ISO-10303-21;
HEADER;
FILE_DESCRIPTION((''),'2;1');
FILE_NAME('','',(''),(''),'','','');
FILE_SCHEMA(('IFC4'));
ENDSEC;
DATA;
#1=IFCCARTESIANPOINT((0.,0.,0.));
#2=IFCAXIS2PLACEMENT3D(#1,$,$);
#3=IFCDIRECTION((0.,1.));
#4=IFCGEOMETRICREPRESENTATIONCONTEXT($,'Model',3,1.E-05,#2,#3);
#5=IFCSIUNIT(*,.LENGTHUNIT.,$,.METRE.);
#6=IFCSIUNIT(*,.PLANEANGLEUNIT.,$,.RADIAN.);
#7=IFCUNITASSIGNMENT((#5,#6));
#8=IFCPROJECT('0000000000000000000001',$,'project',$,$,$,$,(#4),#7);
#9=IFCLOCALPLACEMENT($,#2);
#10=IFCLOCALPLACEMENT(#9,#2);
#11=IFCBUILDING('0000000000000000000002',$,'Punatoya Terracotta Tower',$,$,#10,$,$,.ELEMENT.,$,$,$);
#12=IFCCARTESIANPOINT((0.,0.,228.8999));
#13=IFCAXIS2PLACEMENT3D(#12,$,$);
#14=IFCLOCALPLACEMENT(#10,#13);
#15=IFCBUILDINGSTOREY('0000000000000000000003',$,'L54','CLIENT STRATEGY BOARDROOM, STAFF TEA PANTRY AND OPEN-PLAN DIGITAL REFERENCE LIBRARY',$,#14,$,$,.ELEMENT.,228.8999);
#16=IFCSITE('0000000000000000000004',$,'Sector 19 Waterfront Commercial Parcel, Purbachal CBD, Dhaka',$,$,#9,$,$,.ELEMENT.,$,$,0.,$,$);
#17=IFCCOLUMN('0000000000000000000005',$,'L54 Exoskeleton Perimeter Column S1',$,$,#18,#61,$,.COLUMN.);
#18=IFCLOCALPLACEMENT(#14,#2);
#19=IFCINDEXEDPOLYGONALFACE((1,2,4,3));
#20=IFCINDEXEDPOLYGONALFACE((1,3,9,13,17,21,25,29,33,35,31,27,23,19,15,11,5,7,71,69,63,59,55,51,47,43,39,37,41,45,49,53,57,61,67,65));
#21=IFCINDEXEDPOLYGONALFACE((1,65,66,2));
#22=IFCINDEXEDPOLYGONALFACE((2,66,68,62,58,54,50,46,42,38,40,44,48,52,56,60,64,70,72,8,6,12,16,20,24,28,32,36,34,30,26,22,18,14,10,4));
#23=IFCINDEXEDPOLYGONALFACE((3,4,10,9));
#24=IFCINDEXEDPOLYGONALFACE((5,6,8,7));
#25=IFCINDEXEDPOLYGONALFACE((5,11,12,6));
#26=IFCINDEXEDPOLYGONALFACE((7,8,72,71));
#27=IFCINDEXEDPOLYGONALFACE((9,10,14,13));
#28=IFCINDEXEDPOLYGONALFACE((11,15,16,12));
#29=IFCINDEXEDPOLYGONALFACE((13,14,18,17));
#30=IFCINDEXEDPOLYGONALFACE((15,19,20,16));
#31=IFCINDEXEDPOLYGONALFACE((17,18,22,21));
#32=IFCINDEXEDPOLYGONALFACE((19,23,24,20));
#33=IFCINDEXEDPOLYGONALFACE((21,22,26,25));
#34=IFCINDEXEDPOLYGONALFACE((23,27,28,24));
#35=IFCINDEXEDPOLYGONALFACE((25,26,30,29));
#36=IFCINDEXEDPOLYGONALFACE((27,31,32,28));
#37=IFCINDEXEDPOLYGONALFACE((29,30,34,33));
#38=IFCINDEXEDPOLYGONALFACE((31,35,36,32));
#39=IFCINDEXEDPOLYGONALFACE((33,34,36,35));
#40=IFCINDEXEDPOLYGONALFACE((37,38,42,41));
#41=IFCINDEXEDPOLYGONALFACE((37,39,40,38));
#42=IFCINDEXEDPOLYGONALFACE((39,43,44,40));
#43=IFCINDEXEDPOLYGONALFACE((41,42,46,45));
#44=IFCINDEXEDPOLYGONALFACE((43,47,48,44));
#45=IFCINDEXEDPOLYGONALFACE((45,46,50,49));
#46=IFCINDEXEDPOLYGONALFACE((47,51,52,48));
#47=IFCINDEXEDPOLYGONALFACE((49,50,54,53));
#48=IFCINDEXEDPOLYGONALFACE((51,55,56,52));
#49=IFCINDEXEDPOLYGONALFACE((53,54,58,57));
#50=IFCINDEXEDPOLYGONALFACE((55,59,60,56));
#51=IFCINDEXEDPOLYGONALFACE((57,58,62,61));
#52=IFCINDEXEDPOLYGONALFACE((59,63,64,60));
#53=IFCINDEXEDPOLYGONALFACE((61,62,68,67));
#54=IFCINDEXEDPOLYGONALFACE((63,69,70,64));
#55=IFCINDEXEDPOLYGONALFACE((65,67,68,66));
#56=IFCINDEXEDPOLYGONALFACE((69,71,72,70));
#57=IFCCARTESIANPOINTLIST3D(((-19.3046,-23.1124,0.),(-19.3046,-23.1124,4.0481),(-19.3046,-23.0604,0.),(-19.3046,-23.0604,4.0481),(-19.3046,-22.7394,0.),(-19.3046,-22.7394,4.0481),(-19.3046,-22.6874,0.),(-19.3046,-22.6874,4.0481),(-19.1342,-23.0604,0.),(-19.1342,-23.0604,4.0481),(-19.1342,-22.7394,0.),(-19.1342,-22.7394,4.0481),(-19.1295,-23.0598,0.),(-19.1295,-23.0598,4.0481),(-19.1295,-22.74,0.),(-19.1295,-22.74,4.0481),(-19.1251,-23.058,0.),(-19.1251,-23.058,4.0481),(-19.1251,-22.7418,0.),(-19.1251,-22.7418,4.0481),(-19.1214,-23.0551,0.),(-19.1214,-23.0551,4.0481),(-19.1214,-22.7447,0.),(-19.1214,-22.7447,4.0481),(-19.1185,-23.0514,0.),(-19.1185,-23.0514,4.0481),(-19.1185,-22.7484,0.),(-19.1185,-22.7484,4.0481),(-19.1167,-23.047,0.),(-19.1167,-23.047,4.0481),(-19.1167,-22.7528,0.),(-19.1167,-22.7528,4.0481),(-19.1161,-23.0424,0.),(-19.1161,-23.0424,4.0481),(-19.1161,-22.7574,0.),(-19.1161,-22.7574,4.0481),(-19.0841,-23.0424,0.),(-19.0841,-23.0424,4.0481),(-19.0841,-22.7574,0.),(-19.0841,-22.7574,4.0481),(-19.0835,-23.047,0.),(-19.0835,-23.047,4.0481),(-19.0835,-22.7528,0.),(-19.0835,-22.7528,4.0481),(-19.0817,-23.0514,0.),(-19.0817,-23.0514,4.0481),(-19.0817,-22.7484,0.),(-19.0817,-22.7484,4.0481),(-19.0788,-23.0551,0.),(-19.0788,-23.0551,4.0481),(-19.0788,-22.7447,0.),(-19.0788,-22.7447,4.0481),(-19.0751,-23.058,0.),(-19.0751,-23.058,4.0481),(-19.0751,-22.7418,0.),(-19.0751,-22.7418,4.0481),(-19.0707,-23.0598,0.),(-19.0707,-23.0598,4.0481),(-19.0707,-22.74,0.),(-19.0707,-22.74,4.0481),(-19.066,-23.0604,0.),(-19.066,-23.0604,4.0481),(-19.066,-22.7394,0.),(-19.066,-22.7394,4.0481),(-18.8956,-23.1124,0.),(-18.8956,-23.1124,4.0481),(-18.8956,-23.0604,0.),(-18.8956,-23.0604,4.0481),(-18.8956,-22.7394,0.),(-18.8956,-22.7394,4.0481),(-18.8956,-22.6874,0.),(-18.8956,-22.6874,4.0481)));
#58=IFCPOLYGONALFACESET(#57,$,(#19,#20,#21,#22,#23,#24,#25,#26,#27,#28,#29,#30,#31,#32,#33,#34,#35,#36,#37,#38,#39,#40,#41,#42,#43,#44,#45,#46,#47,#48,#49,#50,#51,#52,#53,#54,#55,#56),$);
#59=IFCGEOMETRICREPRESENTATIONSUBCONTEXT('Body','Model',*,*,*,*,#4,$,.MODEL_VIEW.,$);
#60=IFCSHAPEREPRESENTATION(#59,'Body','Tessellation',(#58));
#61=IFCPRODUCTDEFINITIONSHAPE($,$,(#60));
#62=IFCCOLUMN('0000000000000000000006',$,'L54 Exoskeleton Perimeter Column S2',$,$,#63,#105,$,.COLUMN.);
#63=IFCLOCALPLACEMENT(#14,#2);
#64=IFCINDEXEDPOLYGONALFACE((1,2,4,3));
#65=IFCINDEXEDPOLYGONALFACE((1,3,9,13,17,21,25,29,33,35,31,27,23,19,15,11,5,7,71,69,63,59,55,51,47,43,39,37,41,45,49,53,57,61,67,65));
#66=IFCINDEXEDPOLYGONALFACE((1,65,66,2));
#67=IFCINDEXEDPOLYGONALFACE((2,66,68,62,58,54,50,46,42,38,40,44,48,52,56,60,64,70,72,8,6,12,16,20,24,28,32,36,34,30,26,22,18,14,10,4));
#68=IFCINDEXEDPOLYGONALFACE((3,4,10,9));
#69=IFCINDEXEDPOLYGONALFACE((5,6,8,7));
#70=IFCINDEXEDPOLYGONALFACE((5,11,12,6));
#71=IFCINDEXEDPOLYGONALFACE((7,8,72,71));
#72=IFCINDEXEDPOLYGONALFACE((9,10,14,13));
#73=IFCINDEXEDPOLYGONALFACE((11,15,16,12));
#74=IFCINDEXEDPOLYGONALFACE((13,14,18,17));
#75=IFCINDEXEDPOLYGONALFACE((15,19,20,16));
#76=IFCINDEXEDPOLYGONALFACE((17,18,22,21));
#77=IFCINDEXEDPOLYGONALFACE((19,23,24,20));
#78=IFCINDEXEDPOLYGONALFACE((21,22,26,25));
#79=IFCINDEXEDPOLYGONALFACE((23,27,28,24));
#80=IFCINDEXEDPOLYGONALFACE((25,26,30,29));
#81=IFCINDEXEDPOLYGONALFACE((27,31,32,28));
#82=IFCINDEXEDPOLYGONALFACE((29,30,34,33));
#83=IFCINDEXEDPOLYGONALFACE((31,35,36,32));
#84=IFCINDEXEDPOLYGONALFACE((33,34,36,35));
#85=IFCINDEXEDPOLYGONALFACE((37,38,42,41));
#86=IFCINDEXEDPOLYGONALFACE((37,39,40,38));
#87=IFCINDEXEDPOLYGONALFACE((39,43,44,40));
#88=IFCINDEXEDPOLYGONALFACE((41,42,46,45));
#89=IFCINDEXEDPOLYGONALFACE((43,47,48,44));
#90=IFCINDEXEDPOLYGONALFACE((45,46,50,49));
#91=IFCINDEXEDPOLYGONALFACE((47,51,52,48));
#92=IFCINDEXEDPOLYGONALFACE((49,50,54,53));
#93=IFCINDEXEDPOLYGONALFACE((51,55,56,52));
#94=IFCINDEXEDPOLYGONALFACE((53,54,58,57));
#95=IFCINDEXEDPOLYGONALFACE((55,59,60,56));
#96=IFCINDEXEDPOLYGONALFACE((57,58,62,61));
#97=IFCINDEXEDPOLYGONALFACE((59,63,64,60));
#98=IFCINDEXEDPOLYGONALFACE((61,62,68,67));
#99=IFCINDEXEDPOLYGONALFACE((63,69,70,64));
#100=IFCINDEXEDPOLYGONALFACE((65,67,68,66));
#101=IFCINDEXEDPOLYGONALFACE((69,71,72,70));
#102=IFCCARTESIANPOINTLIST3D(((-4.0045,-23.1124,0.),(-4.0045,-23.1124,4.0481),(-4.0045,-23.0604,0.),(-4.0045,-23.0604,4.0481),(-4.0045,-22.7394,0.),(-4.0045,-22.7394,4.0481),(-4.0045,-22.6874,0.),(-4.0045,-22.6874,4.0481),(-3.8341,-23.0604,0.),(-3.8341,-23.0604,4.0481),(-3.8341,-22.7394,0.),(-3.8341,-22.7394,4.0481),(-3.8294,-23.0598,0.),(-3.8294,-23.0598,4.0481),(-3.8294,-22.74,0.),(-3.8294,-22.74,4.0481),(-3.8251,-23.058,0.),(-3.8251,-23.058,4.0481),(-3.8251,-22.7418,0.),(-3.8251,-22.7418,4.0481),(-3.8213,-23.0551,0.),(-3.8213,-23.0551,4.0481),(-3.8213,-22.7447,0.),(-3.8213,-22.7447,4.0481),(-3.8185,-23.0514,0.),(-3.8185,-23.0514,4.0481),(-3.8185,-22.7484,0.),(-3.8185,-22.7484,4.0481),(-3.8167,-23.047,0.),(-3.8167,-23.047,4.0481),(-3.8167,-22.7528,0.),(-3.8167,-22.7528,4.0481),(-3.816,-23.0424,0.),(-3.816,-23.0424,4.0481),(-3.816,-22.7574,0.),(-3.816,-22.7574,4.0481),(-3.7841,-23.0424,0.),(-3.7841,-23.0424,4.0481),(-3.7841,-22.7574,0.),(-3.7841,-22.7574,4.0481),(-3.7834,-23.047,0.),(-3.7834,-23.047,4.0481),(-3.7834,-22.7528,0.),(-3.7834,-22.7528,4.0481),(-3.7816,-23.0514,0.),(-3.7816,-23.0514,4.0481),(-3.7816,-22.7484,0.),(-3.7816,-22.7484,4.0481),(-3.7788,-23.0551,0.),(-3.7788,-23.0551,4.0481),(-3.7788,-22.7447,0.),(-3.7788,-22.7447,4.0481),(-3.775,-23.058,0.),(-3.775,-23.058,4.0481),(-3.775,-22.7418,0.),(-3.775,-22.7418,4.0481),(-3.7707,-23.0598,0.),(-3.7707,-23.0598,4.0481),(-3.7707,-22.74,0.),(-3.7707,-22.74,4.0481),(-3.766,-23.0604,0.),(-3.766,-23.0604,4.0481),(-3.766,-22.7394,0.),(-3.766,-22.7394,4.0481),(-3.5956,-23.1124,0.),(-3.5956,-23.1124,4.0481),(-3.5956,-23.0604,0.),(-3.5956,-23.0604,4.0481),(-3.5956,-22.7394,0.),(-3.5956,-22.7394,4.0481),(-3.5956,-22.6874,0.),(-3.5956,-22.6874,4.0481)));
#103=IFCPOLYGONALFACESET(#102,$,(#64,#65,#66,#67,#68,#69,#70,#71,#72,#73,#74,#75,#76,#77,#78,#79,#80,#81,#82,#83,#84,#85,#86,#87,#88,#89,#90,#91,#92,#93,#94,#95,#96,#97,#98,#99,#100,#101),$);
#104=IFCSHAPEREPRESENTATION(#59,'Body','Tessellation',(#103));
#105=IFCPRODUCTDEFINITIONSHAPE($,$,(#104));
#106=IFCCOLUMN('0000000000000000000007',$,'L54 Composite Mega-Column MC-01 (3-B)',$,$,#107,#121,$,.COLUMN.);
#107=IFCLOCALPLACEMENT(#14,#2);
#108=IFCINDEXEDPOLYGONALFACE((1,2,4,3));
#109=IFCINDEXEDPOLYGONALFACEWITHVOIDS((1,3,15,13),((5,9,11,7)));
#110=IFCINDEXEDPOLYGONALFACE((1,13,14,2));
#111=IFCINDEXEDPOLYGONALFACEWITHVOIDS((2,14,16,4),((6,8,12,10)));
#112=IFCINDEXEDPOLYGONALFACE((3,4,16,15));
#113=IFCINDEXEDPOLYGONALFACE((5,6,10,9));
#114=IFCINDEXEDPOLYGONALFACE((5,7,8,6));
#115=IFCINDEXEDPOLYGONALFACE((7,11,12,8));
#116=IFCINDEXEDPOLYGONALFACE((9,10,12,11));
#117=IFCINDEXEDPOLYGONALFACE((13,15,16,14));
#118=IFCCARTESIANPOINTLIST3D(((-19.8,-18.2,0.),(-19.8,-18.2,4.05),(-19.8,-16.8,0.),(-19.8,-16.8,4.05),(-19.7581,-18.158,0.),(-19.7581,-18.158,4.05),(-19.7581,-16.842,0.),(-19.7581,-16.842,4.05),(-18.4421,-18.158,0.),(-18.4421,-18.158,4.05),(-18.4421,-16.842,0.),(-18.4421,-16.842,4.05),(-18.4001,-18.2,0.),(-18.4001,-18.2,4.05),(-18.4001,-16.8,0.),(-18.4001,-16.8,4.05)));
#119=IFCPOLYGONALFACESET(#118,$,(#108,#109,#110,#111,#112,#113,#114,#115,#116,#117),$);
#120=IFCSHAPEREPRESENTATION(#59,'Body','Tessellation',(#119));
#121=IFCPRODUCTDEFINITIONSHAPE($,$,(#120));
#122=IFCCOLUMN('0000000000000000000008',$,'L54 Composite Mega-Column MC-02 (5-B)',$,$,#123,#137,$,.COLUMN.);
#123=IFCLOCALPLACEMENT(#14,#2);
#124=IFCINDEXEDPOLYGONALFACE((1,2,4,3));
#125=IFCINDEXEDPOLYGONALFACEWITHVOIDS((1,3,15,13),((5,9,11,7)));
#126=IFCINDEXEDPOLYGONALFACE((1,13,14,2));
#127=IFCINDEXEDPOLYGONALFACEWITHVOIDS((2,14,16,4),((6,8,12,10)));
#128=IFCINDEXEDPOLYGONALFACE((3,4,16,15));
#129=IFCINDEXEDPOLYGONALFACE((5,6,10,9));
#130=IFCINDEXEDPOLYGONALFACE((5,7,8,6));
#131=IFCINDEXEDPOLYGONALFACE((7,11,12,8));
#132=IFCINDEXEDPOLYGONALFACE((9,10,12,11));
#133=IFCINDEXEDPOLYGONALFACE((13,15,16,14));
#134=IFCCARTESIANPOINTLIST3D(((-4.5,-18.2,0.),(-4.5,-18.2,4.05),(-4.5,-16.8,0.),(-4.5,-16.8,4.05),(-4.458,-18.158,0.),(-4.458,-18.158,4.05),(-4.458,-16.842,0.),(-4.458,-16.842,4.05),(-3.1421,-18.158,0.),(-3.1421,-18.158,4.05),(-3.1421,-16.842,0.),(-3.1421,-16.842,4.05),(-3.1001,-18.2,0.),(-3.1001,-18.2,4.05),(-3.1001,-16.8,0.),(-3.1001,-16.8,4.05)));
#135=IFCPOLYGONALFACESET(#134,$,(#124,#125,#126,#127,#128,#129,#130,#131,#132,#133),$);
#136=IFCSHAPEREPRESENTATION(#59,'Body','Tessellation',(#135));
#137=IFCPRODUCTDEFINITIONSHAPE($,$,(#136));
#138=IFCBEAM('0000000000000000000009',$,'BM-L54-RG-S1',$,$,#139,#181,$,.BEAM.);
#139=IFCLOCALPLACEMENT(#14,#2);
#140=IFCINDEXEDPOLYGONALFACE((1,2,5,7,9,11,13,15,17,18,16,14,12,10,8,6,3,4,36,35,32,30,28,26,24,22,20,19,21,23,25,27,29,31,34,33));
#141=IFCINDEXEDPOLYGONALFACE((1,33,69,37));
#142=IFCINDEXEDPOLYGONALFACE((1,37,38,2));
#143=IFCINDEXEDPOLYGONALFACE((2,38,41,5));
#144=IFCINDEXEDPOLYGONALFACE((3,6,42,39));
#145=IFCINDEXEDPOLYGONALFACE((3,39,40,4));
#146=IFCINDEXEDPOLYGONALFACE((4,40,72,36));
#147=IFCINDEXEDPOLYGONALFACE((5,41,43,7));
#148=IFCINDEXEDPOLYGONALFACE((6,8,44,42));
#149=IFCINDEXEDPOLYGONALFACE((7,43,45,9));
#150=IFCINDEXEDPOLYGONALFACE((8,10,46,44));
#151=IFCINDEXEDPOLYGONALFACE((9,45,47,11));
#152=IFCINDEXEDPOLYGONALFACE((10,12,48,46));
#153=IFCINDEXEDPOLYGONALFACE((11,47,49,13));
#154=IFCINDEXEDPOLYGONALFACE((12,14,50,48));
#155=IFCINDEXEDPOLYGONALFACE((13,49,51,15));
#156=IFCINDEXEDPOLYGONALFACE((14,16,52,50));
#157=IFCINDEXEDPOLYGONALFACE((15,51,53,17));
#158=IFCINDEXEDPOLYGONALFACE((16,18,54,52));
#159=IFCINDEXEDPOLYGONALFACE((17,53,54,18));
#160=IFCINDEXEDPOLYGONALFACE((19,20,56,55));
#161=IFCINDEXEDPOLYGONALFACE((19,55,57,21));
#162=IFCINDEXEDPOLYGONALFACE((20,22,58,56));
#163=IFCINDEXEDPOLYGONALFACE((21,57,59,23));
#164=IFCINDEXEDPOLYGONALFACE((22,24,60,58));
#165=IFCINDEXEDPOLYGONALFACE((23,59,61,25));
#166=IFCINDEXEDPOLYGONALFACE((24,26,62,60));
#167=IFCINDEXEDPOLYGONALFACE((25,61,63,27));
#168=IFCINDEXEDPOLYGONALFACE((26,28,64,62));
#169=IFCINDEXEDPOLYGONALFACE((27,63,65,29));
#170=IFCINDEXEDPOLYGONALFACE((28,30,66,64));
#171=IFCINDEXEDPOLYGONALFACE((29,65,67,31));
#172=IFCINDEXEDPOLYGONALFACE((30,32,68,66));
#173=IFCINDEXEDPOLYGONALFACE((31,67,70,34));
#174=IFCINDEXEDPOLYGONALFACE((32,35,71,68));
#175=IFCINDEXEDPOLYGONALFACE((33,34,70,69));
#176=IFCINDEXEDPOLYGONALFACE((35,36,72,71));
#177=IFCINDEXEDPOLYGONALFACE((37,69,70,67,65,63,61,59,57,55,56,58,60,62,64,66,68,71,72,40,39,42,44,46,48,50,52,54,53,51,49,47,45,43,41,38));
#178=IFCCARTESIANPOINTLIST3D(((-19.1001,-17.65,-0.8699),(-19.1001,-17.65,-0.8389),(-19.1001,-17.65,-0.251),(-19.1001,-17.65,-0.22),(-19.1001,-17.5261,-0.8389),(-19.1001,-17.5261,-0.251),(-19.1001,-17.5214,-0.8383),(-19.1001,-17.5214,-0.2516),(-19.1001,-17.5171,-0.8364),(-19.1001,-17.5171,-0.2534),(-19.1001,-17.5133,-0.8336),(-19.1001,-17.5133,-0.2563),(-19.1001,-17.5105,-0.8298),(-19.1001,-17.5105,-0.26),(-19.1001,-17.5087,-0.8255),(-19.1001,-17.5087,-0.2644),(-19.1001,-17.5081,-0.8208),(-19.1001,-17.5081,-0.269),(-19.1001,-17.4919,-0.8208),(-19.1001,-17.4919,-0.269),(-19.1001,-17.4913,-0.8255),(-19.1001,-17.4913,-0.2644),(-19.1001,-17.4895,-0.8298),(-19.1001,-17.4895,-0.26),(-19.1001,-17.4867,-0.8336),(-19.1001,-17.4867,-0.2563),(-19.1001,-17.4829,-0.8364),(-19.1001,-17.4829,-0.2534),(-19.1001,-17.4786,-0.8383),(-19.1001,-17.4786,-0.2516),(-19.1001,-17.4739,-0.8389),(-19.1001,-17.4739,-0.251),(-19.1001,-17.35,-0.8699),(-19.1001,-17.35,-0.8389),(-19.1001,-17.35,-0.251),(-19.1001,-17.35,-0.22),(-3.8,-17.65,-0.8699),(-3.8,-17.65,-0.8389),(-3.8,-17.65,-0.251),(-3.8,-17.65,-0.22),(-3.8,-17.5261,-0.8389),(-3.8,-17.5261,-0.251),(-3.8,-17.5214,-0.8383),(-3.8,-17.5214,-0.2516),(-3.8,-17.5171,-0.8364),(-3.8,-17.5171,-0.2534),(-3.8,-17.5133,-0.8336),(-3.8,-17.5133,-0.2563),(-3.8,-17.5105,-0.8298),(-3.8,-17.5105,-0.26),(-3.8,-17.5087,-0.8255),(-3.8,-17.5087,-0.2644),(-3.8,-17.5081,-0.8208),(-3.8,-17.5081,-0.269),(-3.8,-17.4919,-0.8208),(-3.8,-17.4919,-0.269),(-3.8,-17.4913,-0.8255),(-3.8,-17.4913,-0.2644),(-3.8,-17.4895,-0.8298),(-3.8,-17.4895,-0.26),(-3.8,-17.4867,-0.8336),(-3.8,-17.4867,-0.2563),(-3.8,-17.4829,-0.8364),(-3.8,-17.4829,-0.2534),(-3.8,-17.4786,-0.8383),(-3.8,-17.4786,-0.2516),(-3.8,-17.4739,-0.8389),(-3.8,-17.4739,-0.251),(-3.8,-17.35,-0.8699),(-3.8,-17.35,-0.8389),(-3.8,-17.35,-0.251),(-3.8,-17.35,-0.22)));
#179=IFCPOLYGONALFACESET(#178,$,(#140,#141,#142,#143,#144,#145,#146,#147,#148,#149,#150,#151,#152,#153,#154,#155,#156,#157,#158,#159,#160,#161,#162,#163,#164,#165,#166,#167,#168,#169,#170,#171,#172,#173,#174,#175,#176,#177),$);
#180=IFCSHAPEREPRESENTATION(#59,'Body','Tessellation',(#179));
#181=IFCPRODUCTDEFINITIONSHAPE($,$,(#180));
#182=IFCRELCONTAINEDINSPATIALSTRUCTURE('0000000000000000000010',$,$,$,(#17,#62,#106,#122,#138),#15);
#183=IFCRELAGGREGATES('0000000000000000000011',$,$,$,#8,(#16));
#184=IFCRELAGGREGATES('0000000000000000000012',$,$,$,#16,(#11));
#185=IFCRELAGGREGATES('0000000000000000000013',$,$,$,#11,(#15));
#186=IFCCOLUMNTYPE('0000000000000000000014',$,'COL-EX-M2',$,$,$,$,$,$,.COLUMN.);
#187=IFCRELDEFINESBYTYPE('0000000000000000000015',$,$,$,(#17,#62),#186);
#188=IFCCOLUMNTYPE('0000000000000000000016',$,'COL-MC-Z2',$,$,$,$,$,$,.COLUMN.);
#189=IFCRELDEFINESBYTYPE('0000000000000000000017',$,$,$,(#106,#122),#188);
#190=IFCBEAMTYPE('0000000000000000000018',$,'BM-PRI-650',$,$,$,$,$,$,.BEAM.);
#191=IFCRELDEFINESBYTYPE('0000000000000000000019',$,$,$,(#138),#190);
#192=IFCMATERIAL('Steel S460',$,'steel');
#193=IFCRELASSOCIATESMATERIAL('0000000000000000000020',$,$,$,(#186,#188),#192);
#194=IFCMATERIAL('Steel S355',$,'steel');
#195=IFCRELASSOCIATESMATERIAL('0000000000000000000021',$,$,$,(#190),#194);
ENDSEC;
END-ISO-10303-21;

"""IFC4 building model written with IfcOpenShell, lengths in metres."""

from ifc_helpers import new_model, si_unit, direction, frame, origin, origin_2d, place, context, subcontext, project, spatial, hollow_rectangle, i_section, extrude, material, material_profile, profile_set, type_object, element, save


model = new_model("IFC4")

# Units and contexts
model_context = context("Model", 3, precision=1e-05, world=origin(), true_north=direction((0.0, 1.0)))
body_context = subcontext(model_context, "Body", "Model", "MODEL_VIEW")
ifc_project = project(units=[si_unit("LENGTHUNIT", "METRE"), si_unit("PLANEANGLEUNIT", "RADIAN")], contexts=[model_context])

# Site, building, storey
site_placement = place(None, origin())
site = spatial("IfcSite", under=ifc_project, at=site_placement, Name="Sector 19 Waterfront Commercial Parcel, Purbachal CBD, Dhaka", CompositionType="ELEMENT", RefElevation=0.0)
building_placement = place(site_placement, origin())
building = spatial("IfcBuilding", under=site, at=building_placement, Name="Punatoya Terracotta Tower", CompositionType="ELEMENT")
storey_placement = place(building_placement, frame((0.0, 0.0, 228.8999)))
storey = spatial("IfcBuildingStorey", under=building, at=storey_placement, Name="L54", Description="CLIENT STRATEGY BOARDROOM, STAFF TEA PANTRY AND OPEN-PLAN DIGITAL REFERENCE LIBRARY", CompositionType="ELEMENT", Elevation=228.8999)

# Columns
ifc_material_1 = material(Name="Steel S460", Category="steel")
ifc_material_profile_1 = material_profile(ifc_material_1, i_section(OverallWidth=0.4089, OverallDepth=0.425, WebThickness=0.032, FlangeThickness=0.052, FilletRadius=0.0181, at=origin_2d()))
ifc_profile_set_1 = profile_set([ifc_material_profile_1], Name="Steel S460")
column_type_1 = type_object("IfcColumnType", Name="COL-EX-M2", PredefinedType="COLUMN", material=ifc_profile_set_1)
for number, where, z_axis, x_axis, name in (
    (1, (-19.1001, -22.8999, 0.0), (0.0, 0.0, 1.0), (1.0, 0.0, 0.0), "L54 Exoskeleton Perimeter Column S1"),
    (2, (-3.8, -22.8999, 0.0), (0.0, 0.0, 1.0), (1.0, 0.0, 0.0), "L54 Exoskeleton Perimeter Column S2"),
):
    element("IfcColumn", number, at=place(storey_placement, frame(where, z_axis=z_axis, x_axis=x_axis)), inside=storey, type_object=column_type_1, Name=name, PredefinedType="COLUMN", context=body_context, shape_type="SweptSolid", body=[
        extrude(i_section(OverallWidth=0.4089, OverallDepth=0.425, WebThickness=0.032, FlangeThickness=0.052, FilletRadius=0.0181, at=origin_2d()), origin(), (0.0, 0.0, 1.0), 4.0481),
    ])
ifc_material_profile_2 = material_profile(ifc_material_1, hollow_rectangle(XDim=1.3999, YDim=1.3999, WallThickness=0.042, at=origin_2d()))
ifc_profile_set_2 = profile_set([ifc_material_profile_2], Name="Steel S460")
column_type_2 = type_object("IfcColumnType", Name="COL-MC-Z2", PredefinedType="COLUMN", material=ifc_profile_set_2)
for number, where, z_axis, x_axis, name in (
    (3, (-19.1001, -17.5, 0.0), (0.0, 0.0, 1.0), (1.0, 0.0, 0.0), "L54 Composite Mega-Column MC-01 (3-B)"),
    (4, (-3.8, -17.5, 0.0), (0.0, 0.0, 1.0), (1.0, 0.0, 0.0), "L54 Composite Mega-Column MC-02 (5-B)"),
):
    element("IfcColumn", number, at=place(storey_placement, frame(where, z_axis=z_axis, x_axis=x_axis)), inside=storey, type_object=column_type_2, Name=name, PredefinedType="COLUMN", context=body_context, shape_type="SweptSolid", body=[
        extrude(hollow_rectangle(XDim=1.3999, YDim=1.3999, WallThickness=0.042, at=origin_2d()), origin(), (0.0, 0.0, 1.0), 4.05),
    ])

# Beam
ifc_material_2 = material(Name="Steel S355", Category="steel")
ifc_material_profile_3 = material_profile(ifc_material_2, i_section(OverallWidth=0.3, OverallDepth=0.6499, WebThickness=0.0161, FlangeThickness=0.031, FilletRadius=0.0181, at=origin_2d()))
ifc_profile_set_3 = profile_set([ifc_material_profile_3], Name="Steel S355")
beam_type_1 = type_object("IfcBeamType", Name="BM-PRI-650", PredefinedType="BEAM", material=ifc_profile_set_3)
beam_1_placement = place(storey_placement, frame((-19.1001, -17.5, -0.5449), z_axis=(1.0, 0.0, 0.0), x_axis=(0.0, 1.0, 0.0)))
element("IfcBeam", 5, at=beam_1_placement, inside=storey, type_object=beam_type_1, Name="BM-L54-RG-S1", PredefinedType="BEAM", context=body_context, shape_type="SweptSolid", body=[
    extrude(i_section(OverallWidth=0.3, OverallDepth=0.6499, WebThickness=0.0161, FlangeThickness=0.031, FilletRadius=0.0181, at=origin_2d()), origin(), (0.0, 0.0, 1.0), 15.3),
])

save(model, "model.ifc")
